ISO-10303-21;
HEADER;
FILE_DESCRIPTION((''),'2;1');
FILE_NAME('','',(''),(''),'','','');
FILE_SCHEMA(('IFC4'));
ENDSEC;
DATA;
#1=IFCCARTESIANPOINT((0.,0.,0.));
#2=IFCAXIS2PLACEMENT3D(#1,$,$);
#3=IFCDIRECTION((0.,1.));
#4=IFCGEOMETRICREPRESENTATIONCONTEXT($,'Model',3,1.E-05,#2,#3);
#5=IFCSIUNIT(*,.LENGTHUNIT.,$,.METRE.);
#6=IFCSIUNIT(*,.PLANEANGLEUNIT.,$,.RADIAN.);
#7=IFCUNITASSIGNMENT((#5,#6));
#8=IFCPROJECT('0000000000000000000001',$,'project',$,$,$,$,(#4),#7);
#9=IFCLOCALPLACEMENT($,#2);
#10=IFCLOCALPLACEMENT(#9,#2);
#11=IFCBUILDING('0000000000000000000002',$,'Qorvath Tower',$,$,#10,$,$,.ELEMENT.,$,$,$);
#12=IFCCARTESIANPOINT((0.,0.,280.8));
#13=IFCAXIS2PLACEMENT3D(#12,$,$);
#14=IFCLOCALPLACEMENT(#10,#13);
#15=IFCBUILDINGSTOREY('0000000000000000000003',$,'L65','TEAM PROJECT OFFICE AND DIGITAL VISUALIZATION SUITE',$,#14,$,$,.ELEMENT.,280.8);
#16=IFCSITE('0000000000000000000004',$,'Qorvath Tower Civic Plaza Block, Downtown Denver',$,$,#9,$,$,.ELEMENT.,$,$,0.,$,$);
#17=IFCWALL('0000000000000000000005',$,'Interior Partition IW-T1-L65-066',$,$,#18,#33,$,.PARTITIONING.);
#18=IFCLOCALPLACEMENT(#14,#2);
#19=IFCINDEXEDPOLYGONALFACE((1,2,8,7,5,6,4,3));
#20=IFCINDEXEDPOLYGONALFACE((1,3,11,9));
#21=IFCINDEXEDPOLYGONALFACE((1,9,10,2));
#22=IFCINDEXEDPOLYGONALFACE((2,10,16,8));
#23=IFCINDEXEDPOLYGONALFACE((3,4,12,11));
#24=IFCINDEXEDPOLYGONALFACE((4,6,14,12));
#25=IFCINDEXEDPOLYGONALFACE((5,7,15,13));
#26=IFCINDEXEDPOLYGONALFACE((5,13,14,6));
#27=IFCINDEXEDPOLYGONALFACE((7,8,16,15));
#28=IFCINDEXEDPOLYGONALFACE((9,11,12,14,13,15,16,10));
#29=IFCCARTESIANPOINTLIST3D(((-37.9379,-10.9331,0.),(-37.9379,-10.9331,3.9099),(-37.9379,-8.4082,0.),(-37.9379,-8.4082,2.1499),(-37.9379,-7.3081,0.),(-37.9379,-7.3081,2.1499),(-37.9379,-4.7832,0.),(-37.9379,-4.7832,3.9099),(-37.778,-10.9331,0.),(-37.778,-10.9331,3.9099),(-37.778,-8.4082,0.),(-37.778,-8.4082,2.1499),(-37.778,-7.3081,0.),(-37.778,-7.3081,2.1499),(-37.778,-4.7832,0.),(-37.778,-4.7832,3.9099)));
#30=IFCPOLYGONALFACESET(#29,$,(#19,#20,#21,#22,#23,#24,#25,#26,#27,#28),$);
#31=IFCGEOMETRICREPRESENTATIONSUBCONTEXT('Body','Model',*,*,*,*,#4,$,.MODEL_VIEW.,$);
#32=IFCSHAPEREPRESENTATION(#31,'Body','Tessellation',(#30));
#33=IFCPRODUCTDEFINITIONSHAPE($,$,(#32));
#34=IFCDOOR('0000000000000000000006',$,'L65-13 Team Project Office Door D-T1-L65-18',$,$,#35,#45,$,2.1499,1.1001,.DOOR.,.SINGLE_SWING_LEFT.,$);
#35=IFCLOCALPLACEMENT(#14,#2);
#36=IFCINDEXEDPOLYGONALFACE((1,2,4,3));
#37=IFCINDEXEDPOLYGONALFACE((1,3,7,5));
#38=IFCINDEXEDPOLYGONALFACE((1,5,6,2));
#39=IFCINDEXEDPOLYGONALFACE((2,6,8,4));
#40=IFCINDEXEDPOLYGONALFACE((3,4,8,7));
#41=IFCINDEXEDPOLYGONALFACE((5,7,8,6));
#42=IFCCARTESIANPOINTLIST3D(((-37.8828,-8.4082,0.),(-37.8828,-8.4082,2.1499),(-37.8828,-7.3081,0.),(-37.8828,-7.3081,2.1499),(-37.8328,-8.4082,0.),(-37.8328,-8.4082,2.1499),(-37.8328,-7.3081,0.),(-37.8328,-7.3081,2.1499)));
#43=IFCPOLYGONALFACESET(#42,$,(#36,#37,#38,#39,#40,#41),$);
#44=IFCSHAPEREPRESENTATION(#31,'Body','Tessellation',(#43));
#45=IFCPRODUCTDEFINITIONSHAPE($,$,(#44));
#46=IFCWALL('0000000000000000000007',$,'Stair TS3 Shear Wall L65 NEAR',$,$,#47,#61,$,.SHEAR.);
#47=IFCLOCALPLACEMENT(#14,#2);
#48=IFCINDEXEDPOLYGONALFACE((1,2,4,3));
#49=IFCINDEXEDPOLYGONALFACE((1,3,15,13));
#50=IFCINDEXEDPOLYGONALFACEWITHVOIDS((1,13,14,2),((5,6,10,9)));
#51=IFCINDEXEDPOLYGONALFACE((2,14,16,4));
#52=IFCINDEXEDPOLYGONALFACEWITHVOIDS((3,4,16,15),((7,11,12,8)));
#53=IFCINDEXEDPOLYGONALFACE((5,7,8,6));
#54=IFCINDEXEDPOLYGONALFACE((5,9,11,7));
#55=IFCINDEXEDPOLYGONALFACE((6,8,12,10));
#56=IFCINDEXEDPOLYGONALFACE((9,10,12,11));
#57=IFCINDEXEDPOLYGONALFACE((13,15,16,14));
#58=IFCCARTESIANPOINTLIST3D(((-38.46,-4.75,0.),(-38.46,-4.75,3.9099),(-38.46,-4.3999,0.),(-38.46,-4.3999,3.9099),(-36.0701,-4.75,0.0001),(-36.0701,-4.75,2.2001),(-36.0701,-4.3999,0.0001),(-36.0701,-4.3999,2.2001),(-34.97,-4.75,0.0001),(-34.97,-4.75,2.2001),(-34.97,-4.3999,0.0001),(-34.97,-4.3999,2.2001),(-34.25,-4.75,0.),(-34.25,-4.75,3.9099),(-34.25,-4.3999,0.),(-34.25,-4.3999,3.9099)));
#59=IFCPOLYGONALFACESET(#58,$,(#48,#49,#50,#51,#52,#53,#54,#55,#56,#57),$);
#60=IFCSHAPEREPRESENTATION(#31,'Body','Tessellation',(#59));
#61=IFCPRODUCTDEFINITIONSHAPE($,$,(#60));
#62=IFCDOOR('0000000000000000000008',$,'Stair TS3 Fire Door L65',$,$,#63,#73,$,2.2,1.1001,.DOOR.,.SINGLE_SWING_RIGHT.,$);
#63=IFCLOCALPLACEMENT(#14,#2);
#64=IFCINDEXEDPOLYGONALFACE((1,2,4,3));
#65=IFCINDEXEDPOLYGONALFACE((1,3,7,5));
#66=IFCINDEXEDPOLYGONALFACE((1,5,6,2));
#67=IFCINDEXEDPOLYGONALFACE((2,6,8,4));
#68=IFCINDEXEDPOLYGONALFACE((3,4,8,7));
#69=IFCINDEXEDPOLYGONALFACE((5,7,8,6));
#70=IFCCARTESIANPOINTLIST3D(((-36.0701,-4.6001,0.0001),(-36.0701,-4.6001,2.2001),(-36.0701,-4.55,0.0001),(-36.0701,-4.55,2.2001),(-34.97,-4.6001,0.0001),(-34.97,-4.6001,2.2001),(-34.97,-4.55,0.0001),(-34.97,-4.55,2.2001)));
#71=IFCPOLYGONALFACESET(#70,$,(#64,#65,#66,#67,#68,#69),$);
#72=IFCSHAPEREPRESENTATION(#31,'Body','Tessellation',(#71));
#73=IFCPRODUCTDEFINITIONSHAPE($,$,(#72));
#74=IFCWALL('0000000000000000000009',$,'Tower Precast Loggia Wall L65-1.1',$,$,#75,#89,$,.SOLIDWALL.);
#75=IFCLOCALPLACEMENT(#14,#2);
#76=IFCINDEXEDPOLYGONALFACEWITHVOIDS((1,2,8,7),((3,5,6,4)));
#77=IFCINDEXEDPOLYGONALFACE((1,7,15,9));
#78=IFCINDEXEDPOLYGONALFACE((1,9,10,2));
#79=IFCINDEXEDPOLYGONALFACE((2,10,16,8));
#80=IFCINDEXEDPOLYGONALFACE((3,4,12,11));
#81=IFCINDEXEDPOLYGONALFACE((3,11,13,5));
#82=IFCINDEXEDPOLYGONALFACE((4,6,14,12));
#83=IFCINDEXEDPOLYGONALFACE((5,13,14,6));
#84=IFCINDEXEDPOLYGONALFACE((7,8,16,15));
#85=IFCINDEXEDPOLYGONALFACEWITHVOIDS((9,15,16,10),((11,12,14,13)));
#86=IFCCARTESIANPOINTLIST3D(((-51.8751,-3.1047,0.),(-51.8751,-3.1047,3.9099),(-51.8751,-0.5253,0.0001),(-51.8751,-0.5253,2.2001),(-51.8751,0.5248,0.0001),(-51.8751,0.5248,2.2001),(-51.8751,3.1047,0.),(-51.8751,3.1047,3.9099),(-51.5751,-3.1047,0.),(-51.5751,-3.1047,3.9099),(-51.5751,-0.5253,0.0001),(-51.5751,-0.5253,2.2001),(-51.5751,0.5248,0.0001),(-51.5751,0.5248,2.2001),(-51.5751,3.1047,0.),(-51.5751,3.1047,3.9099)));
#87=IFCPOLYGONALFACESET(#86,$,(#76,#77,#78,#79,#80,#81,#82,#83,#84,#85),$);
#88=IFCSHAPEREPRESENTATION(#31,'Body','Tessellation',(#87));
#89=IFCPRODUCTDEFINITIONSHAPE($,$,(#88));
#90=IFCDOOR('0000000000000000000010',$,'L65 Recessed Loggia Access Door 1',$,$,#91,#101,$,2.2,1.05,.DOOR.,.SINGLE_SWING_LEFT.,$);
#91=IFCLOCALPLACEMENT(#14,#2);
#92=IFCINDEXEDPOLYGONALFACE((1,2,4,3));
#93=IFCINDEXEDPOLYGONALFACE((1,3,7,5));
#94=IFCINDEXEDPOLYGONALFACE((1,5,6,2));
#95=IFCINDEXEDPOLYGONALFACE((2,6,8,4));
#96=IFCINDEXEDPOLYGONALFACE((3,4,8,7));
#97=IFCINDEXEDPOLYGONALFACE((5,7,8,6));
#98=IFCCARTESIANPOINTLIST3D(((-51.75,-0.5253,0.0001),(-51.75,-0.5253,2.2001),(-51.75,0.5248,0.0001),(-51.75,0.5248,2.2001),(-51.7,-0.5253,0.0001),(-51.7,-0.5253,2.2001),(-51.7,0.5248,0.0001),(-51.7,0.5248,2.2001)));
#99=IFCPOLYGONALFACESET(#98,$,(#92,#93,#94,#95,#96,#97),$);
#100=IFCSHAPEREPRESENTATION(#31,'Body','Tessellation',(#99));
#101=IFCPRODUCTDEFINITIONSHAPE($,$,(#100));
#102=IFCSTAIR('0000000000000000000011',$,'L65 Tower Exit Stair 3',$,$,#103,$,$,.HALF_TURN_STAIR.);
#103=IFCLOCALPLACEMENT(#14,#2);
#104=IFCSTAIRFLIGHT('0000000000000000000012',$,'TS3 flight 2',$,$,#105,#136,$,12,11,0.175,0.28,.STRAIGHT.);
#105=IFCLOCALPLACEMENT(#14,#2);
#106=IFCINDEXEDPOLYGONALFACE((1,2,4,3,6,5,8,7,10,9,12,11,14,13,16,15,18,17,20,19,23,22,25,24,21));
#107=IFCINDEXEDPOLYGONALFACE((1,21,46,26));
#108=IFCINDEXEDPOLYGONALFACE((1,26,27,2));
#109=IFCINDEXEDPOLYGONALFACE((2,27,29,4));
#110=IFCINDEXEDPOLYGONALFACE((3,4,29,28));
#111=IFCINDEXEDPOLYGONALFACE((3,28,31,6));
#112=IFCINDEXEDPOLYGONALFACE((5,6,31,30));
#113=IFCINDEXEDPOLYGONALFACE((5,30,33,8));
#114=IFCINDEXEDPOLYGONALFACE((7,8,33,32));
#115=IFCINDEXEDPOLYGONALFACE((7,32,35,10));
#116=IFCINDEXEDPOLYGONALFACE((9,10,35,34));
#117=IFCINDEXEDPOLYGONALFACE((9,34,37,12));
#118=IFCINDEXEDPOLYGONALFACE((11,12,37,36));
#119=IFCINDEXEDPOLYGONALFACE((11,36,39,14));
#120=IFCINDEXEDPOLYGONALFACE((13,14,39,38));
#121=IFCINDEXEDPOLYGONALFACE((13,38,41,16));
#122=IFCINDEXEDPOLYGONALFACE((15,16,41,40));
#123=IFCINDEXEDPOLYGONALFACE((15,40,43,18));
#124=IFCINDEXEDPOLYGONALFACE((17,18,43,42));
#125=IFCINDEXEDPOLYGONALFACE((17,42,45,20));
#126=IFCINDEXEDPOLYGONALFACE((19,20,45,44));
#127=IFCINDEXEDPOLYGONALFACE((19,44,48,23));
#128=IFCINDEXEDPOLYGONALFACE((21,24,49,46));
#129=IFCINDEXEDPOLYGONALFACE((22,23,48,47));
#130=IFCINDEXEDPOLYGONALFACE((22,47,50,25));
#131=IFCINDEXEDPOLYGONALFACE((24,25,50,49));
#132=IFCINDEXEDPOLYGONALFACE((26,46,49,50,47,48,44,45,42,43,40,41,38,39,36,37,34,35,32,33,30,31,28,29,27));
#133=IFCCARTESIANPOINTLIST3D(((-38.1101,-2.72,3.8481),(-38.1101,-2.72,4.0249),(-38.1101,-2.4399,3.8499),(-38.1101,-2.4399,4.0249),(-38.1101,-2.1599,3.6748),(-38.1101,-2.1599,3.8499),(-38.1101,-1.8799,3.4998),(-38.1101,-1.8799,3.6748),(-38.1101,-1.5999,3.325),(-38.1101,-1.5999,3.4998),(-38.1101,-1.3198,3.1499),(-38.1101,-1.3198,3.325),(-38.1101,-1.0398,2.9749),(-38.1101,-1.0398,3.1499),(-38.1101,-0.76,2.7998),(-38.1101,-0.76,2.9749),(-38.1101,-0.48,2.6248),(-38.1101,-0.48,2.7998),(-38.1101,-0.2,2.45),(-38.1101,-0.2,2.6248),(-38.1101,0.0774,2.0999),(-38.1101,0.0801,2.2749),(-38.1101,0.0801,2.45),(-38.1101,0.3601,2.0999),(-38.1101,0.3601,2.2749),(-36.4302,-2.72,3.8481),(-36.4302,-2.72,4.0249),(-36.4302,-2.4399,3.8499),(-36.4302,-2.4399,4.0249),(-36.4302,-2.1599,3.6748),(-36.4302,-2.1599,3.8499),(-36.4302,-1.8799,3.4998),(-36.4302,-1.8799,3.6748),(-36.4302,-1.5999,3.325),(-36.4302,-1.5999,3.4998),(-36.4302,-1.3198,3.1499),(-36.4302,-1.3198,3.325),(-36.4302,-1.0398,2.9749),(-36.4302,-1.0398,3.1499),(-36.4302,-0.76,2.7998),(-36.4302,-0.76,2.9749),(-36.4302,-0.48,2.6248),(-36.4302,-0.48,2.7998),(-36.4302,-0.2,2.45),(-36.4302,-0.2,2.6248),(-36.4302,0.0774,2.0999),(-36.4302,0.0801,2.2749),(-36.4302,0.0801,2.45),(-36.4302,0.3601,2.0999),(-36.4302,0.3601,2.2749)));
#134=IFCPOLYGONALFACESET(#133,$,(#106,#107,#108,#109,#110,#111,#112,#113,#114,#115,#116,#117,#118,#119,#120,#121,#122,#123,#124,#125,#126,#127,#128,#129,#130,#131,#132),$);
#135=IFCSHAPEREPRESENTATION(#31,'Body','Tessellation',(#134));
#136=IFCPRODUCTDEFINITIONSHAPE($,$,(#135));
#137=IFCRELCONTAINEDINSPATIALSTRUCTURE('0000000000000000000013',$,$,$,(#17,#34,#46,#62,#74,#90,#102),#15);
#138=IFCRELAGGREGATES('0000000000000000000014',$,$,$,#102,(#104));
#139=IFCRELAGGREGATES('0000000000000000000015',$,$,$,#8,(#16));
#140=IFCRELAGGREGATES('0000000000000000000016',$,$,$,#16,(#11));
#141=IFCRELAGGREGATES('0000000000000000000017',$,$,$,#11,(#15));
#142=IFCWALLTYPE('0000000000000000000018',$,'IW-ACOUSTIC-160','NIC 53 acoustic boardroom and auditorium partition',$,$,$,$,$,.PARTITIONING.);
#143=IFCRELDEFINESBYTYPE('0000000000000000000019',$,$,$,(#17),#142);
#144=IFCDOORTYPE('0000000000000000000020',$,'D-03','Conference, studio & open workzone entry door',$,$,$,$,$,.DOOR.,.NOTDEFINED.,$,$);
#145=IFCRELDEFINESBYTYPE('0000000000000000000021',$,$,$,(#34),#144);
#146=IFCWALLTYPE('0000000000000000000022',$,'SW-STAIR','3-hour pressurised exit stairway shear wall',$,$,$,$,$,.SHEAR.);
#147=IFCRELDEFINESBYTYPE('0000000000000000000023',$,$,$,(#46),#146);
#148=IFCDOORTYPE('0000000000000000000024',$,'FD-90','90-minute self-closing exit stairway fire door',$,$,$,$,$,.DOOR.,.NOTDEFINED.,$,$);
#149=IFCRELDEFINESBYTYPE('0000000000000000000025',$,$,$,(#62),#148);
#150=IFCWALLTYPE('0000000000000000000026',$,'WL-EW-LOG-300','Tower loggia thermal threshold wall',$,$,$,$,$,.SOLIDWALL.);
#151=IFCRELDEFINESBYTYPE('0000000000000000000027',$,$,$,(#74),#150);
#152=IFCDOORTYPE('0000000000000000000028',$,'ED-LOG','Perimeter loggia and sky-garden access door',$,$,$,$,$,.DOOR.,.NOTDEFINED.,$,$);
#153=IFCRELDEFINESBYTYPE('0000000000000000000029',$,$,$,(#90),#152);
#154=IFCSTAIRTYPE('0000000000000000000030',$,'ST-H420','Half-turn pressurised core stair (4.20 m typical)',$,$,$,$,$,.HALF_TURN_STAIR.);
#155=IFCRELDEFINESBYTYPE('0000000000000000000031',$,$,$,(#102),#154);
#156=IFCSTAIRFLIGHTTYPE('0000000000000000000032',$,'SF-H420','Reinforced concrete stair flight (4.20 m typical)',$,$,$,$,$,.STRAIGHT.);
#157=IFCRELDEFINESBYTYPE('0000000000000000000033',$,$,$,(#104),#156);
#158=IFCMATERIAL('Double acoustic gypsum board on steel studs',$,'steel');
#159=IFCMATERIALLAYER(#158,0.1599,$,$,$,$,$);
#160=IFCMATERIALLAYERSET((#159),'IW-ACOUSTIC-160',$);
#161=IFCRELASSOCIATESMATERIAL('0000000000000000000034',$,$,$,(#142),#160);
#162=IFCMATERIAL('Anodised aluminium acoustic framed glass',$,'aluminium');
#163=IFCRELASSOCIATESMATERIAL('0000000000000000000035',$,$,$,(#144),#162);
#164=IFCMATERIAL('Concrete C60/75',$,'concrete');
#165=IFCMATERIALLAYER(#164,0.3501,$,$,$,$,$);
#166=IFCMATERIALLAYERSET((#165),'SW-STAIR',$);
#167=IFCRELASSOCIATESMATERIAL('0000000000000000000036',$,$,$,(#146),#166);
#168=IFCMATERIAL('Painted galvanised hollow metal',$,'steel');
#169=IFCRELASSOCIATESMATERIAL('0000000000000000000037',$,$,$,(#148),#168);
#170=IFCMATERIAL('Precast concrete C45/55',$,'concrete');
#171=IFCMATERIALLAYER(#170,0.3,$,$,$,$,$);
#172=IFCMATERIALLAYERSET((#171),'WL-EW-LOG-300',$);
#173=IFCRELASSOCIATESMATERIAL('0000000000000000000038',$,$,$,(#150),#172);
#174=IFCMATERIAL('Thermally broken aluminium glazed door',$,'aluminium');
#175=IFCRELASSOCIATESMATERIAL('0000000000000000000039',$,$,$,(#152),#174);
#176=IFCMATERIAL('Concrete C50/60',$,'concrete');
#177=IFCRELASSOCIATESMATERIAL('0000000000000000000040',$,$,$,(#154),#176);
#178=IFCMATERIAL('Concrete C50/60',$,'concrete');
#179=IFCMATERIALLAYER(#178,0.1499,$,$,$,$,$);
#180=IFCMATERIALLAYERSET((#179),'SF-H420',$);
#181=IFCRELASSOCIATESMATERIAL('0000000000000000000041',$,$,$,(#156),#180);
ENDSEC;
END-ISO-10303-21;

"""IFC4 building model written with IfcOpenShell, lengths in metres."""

from ifc_helpers import new_model, si_unit, direction, frame, frame_2d, origin, place, context, subcontext, project, spatial, polyline, rectangle, outline, extrude, material, layer, layer_set, type_object, element, fill, aggregate, save


model = new_model("IFC4")

# Units and contexts
model_context = context("Model", 3, precision=1e-05, world=origin(), true_north=direction((0.0, 1.0)))
body_context = subcontext(model_context, "Body", "Model", "MODEL_VIEW")
ifc_project = project(units=[si_unit("LENGTHUNIT", "METRE"), si_unit("PLANEANGLEUNIT", "RADIAN")], contexts=[model_context])

# Site, building, storey
site_placement = place(None, origin())
site = spatial("IfcSite", under=ifc_project, at=site_placement, Name="Qorvath Tower Civic Plaza Block, Downtown Denver", CompositionType="ELEMENT", RefElevation=0.0)
building_placement = place(site_placement, origin())
building = spatial("IfcBuilding", under=site, at=building_placement, Name="Qorvath Tower", CompositionType="ELEMENT")
storey_placement = place(building_placement, frame((0.0, 0.0, 280.8)))
storey = spatial("IfcBuildingStorey", under=building, at=storey_placement, Name="L65", Description="TEAM PROJECT OFFICE AND DIGITAL VISUALIZATION SUITE", CompositionType="ELEMENT", Elevation=280.8)

# Shared definitions
ifc_material_1 = material(Name="Double acoustic gypsum board on steel studs", Category="steel")
ifc_layer_1 = layer(ifc_material_1, 0.1599)
ifc_layer_set_1 = layer_set([ifc_layer_1], Name="IW-ACOUSTIC-160")
wall_type_1 = type_object("IfcWallType", Name="IW-ACOUSTIC-160", Description="NIC 53 acoustic boardroom and auditorium partition", PredefinedType="PARTITIONING", material=ifc_layer_set_1)

# Walls, openings, doors
wall_1_placement = place(storey_placement, frame((-37.8579, -10.9331, 0.0), z_axis=(0.0, 0.0, 1.0), x_axis=(0.0, 1.0, 0.0)))
wall_1 = element("IfcWall", 1, at=wall_1_placement, inside=storey, type_object=wall_type_1, Name="Interior Partition IW-T1-L65-066", PredefinedType="PARTITIONING", context=body_context, shape_type="SweptSolid", body=[
    extrude(rectangle(XDim=6.1499, YDim=0.1599, at=frame_2d((3.075, 0.0))), origin(), (0.0, 0.0, 1.0), 3.9099),
])
opening_1_placement = place(wall_1_placement, frame((2.5249, 0.0, 0.0)))
opening_1 = element("IfcOpeningElement", 2, at=opening_1_placement, cuts=wall_1, PredefinedType="OPENING", context=body_context, shape_type="SweptSolid", body=[
    extrude(rectangle(XDim=1.1001, YDim=2.1499, at=frame_2d((0.55, 1.075))), frame((0.0, 0.0898, 0.0), z_axis=(0.0, -1.0, 0.0), x_axis=(1.0, 0.0, 0.0)), (0.0, 0.0, 1.0), 0.1799),
])
ifc_material_2 = material(Name="Anodised aluminium acoustic framed glass", Category="aluminium")
door_type_1 = type_object("IfcDoorType", Name="D-03", Description="Conference, studio & open workzone entry door", OperationType="NOTDEFINED", PredefinedType="DOOR", material=ifc_material_2)
door_1_placement = place(opening_1_placement, origin())
door_1 = element("IfcDoor", 3, at=door_1_placement, inside=storey, type_object=door_type_1, Name="L65-13 Team Project Office Door D-T1-L65-18", OperationType="SINGLE_SWING_LEFT", OverallHeight=2.1499, OverallWidth=1.1001, PredefinedType="DOOR", context=body_context, shape_type="SweptSolid", body=[
    extrude(rectangle(XDim=1.1001, YDim=2.1499, at=frame_2d((0.55, 1.075))), frame((0.0, 0.0249, 0.0), z_axis=(0.0, -1.0, 0.0), x_axis=(1.0, 0.0, 0.0)), (0.0, 0.0, 1.0), 0.05),
])
fill(opening_1, door_1)
ifc_material_3 = material(Name="Concrete C60/75", Category="concrete")
ifc_layer_2 = layer(ifc_material_3, 0.3501)
ifc_layer_set_2 = layer_set([ifc_layer_2], Name="SW-STAIR")
wall_type_2 = type_object("IfcWallType", Name="SW-STAIR", Description="3-hour pressurised exit stairway shear wall", PredefinedType="SHEAR", material=ifc_layer_set_2)
wall_2_placement = place(storey_placement, frame((-38.46, -4.575, 0.0), z_axis=(0.0, 0.0, 1.0), x_axis=(1.0, 0.0, 0.0)))
wall_2 = element("IfcWall", 4, at=wall_2_placement, inside=storey, type_object=wall_type_2, Name="Stair TS3 Shear Wall L65 NEAR", PredefinedType="SHEAR", context=body_context, shape_type="SweptSolid", body=[
    extrude(rectangle(XDim=4.21, YDim=0.3501, at=frame_2d((2.105, 0.0))), origin(), (0.0, 0.0, 1.0), 3.9099),
])
opening_2_placement = place(wall_2_placement, frame((2.3899, 0.0, 0.0)))
opening_2 = element("IfcOpeningElement", 5, at=opening_2_placement, cuts=wall_2, PredefinedType="OPENING", context=body_context, shape_type="SweptSolid", body=[
    extrude(rectangle(XDim=1.1001, YDim=2.2, at=frame_2d((0.55, 1.1001))), frame((0.0, 0.1851, 0.0), z_axis=(0.0, -1.0, 0.0), x_axis=(1.0, 0.0, 0.0)), (0.0, 0.0, 1.0), 0.3701),
])
ifc_material_4 = material(Name="Painted galvanised hollow metal", Category="steel")
door_type_2 = type_object("IfcDoorType", Name="FD-90", Description="90-minute self-closing exit stairway fire door", OperationType="NOTDEFINED", PredefinedType="DOOR", material=ifc_material_4)
door_2_placement = place(opening_2_placement, origin())
door_2 = element("IfcDoor", 6, at=door_2_placement, inside=storey, type_object=door_type_2, Name="Stair TS3 Fire Door L65", OperationType="SINGLE_SWING_RIGHT", OverallHeight=2.2, OverallWidth=1.1001, PredefinedType="DOOR", context=body_context, shape_type="SweptSolid", body=[
    extrude(rectangle(XDim=1.1001, YDim=2.2, at=frame_2d((0.55, 1.1001))), frame((0.0, 0.0249, 0.0), z_axis=(0.0, -1.0, 0.0), x_axis=(1.0, 0.0, 0.0)), (0.0, 0.0, 1.0), 0.05),
])
fill(opening_2, door_2)
ifc_material_5 = material(Name="Precast concrete C45/55", Category="concrete")
ifc_layer_3 = layer(ifc_material_5, 0.3)
ifc_layer_set_3 = layer_set([ifc_layer_3], Name="WL-EW-LOG-300")
wall_type_3 = type_object("IfcWallType", Name="WL-EW-LOG-300", Description="Tower loggia thermal threshold wall", PredefinedType="SOLIDWALL", material=ifc_layer_set_3)
wall_3_placement = place(storey_placement, frame((-51.7251, -3.1047, 0.0), z_axis=(0.0, 0.0, 1.0), x_axis=(0.0, 1.0, 0.0)))
wall_3 = element("IfcWall", 7, at=wall_3_placement, inside=storey, type_object=wall_type_3, Name="Tower Precast Loggia Wall L65-1.1", PredefinedType="SOLIDWALL", context=body_context, shape_type="SweptSolid", body=[
    extrude(rectangle(XDim=6.2095, YDim=0.3, at=frame_2d((3.1047, 0.0))), origin(), (0.0, 0.0, 1.0), 3.9099),
])
opening_3_placement = place(wall_3_placement, frame((2.5796, 0.0, 0.0)))
opening_3 = element("IfcOpeningElement", 8, at=opening_3_placement, cuts=wall_3, PredefinedType="OPENING", context=body_context, shape_type="SweptSolid", body=[
    extrude(rectangle(XDim=1.05, YDim=2.2, at=frame_2d((0.5249, 1.1001))), frame((0.0, 0.1602, 0.0), z_axis=(0.0, -1.0, 0.0), x_axis=(1.0, 0.0, 0.0)), (0.0, 0.0, 1.0), 0.3201),
])
ifc_material_6 = material(Name="Thermally broken aluminium glazed door", Category="aluminium")
door_type_3 = type_object("IfcDoorType", Name="ED-LOG", Description="Perimeter loggia and sky-garden access door", OperationType="NOTDEFINED", PredefinedType="DOOR", material=ifc_material_6)
door_3_placement = place(opening_3_placement, origin())
door_3 = element("IfcDoor", 9, at=door_3_placement, inside=storey, type_object=door_type_3, Name="L65 Recessed Loggia Access Door 1", OperationType="SINGLE_SWING_LEFT", OverallHeight=2.2, OverallWidth=1.05, PredefinedType="DOOR", context=body_context, shape_type="SweptSolid", body=[
    extrude(rectangle(XDim=1.05, YDim=2.2, at=frame_2d((0.5249, 1.1001))), frame((0.0, 0.0249, 0.0), z_axis=(0.0, -1.0, 0.0), x_axis=(1.0, 0.0, 0.0)), (0.0, 0.0, 1.0), 0.05),
])
fill(opening_3, door_3)

# Stair, stair flight
ifc_material_7 = material(Name="Concrete C50/60", Category="concrete")
stair_type = type_object("IfcStairType", Name="ST-H420", Description="Half-turn pressurised core stair (4.20 m typical)", PredefinedType="HALF_TURN_STAIR", material=ifc_material_7)
stair_placement = place(storey_placement, origin())
stair = element("IfcStair", 10, at=stair_placement, inside=storey, type_object=stair_type, Name="L65 Tower Exit Stair 3", PredefinedType="HALF_TURN_STAIR")
ifc_material_8 = material(Name="Concrete C50/60", Category="concrete")
ifc_layer_4 = layer(ifc_material_8, 0.1499)
ifc_layer_set_4 = layer_set([ifc_layer_4], Name="SF-H420")
stair_flight_type = type_object("IfcStairFlightType", Name="SF-H420", Description="Reinforced concrete stair flight (4.20 m typical)", PredefinedType="STRAIGHT", material=ifc_layer_set_4)
stair_flight_placement = place(storey_placement, frame((-37.27, 0.3601, 2.0999), z_axis=(0.0, 0.0, 1.0), x_axis=(0.0, -1.0, 0.0)))
stair_flight = element("IfcStairFlight", 11, at=stair_flight_placement, type_object=stair_flight_type, Name="TS3 flight 2", NumberOfRisers=12, NumberOfTreads=11, PredefinedType="STRAIGHT", RiserHeight=0.175, TreadLength=0.28, context=body_context, shape_type="SweptSolid", body=[
    extrude(outline(polyline([(0.0, 0.0), (0.0, 0.175), (0.28, 0.175), (0.28, 0.3501), (0.5601, 0.3501), (0.5601, 0.5249), (0.8401, 0.5249), (0.8401, 0.7), (1.1201, 0.7), (1.1201, 0.875), (1.3999, 0.875), (1.3999, 1.05), (1.6799, 1.05), (1.6799, 1.2251), (1.96, 1.2251), (1.96, 1.3999), (2.24, 1.3999), (2.24, 1.575), (2.52, 1.575), (2.52, 1.75), (2.8, 1.75), (2.8, 1.925), (3.0801, 1.925), (3.0801, 2.1001), (3.0801, 1.7483), (0.2827, 0.0), (0.0, 0.0)])), frame((0.0, 0.8398, 0.0), z_axis=(0.0, -1.0, 0.0), x_axis=(1.0, 0.0, 0.0)), (0.0, 0.0, 1.0), 1.6799),
])
aggregate(stair, [stair_flight])

save(model, "model.ifc")
